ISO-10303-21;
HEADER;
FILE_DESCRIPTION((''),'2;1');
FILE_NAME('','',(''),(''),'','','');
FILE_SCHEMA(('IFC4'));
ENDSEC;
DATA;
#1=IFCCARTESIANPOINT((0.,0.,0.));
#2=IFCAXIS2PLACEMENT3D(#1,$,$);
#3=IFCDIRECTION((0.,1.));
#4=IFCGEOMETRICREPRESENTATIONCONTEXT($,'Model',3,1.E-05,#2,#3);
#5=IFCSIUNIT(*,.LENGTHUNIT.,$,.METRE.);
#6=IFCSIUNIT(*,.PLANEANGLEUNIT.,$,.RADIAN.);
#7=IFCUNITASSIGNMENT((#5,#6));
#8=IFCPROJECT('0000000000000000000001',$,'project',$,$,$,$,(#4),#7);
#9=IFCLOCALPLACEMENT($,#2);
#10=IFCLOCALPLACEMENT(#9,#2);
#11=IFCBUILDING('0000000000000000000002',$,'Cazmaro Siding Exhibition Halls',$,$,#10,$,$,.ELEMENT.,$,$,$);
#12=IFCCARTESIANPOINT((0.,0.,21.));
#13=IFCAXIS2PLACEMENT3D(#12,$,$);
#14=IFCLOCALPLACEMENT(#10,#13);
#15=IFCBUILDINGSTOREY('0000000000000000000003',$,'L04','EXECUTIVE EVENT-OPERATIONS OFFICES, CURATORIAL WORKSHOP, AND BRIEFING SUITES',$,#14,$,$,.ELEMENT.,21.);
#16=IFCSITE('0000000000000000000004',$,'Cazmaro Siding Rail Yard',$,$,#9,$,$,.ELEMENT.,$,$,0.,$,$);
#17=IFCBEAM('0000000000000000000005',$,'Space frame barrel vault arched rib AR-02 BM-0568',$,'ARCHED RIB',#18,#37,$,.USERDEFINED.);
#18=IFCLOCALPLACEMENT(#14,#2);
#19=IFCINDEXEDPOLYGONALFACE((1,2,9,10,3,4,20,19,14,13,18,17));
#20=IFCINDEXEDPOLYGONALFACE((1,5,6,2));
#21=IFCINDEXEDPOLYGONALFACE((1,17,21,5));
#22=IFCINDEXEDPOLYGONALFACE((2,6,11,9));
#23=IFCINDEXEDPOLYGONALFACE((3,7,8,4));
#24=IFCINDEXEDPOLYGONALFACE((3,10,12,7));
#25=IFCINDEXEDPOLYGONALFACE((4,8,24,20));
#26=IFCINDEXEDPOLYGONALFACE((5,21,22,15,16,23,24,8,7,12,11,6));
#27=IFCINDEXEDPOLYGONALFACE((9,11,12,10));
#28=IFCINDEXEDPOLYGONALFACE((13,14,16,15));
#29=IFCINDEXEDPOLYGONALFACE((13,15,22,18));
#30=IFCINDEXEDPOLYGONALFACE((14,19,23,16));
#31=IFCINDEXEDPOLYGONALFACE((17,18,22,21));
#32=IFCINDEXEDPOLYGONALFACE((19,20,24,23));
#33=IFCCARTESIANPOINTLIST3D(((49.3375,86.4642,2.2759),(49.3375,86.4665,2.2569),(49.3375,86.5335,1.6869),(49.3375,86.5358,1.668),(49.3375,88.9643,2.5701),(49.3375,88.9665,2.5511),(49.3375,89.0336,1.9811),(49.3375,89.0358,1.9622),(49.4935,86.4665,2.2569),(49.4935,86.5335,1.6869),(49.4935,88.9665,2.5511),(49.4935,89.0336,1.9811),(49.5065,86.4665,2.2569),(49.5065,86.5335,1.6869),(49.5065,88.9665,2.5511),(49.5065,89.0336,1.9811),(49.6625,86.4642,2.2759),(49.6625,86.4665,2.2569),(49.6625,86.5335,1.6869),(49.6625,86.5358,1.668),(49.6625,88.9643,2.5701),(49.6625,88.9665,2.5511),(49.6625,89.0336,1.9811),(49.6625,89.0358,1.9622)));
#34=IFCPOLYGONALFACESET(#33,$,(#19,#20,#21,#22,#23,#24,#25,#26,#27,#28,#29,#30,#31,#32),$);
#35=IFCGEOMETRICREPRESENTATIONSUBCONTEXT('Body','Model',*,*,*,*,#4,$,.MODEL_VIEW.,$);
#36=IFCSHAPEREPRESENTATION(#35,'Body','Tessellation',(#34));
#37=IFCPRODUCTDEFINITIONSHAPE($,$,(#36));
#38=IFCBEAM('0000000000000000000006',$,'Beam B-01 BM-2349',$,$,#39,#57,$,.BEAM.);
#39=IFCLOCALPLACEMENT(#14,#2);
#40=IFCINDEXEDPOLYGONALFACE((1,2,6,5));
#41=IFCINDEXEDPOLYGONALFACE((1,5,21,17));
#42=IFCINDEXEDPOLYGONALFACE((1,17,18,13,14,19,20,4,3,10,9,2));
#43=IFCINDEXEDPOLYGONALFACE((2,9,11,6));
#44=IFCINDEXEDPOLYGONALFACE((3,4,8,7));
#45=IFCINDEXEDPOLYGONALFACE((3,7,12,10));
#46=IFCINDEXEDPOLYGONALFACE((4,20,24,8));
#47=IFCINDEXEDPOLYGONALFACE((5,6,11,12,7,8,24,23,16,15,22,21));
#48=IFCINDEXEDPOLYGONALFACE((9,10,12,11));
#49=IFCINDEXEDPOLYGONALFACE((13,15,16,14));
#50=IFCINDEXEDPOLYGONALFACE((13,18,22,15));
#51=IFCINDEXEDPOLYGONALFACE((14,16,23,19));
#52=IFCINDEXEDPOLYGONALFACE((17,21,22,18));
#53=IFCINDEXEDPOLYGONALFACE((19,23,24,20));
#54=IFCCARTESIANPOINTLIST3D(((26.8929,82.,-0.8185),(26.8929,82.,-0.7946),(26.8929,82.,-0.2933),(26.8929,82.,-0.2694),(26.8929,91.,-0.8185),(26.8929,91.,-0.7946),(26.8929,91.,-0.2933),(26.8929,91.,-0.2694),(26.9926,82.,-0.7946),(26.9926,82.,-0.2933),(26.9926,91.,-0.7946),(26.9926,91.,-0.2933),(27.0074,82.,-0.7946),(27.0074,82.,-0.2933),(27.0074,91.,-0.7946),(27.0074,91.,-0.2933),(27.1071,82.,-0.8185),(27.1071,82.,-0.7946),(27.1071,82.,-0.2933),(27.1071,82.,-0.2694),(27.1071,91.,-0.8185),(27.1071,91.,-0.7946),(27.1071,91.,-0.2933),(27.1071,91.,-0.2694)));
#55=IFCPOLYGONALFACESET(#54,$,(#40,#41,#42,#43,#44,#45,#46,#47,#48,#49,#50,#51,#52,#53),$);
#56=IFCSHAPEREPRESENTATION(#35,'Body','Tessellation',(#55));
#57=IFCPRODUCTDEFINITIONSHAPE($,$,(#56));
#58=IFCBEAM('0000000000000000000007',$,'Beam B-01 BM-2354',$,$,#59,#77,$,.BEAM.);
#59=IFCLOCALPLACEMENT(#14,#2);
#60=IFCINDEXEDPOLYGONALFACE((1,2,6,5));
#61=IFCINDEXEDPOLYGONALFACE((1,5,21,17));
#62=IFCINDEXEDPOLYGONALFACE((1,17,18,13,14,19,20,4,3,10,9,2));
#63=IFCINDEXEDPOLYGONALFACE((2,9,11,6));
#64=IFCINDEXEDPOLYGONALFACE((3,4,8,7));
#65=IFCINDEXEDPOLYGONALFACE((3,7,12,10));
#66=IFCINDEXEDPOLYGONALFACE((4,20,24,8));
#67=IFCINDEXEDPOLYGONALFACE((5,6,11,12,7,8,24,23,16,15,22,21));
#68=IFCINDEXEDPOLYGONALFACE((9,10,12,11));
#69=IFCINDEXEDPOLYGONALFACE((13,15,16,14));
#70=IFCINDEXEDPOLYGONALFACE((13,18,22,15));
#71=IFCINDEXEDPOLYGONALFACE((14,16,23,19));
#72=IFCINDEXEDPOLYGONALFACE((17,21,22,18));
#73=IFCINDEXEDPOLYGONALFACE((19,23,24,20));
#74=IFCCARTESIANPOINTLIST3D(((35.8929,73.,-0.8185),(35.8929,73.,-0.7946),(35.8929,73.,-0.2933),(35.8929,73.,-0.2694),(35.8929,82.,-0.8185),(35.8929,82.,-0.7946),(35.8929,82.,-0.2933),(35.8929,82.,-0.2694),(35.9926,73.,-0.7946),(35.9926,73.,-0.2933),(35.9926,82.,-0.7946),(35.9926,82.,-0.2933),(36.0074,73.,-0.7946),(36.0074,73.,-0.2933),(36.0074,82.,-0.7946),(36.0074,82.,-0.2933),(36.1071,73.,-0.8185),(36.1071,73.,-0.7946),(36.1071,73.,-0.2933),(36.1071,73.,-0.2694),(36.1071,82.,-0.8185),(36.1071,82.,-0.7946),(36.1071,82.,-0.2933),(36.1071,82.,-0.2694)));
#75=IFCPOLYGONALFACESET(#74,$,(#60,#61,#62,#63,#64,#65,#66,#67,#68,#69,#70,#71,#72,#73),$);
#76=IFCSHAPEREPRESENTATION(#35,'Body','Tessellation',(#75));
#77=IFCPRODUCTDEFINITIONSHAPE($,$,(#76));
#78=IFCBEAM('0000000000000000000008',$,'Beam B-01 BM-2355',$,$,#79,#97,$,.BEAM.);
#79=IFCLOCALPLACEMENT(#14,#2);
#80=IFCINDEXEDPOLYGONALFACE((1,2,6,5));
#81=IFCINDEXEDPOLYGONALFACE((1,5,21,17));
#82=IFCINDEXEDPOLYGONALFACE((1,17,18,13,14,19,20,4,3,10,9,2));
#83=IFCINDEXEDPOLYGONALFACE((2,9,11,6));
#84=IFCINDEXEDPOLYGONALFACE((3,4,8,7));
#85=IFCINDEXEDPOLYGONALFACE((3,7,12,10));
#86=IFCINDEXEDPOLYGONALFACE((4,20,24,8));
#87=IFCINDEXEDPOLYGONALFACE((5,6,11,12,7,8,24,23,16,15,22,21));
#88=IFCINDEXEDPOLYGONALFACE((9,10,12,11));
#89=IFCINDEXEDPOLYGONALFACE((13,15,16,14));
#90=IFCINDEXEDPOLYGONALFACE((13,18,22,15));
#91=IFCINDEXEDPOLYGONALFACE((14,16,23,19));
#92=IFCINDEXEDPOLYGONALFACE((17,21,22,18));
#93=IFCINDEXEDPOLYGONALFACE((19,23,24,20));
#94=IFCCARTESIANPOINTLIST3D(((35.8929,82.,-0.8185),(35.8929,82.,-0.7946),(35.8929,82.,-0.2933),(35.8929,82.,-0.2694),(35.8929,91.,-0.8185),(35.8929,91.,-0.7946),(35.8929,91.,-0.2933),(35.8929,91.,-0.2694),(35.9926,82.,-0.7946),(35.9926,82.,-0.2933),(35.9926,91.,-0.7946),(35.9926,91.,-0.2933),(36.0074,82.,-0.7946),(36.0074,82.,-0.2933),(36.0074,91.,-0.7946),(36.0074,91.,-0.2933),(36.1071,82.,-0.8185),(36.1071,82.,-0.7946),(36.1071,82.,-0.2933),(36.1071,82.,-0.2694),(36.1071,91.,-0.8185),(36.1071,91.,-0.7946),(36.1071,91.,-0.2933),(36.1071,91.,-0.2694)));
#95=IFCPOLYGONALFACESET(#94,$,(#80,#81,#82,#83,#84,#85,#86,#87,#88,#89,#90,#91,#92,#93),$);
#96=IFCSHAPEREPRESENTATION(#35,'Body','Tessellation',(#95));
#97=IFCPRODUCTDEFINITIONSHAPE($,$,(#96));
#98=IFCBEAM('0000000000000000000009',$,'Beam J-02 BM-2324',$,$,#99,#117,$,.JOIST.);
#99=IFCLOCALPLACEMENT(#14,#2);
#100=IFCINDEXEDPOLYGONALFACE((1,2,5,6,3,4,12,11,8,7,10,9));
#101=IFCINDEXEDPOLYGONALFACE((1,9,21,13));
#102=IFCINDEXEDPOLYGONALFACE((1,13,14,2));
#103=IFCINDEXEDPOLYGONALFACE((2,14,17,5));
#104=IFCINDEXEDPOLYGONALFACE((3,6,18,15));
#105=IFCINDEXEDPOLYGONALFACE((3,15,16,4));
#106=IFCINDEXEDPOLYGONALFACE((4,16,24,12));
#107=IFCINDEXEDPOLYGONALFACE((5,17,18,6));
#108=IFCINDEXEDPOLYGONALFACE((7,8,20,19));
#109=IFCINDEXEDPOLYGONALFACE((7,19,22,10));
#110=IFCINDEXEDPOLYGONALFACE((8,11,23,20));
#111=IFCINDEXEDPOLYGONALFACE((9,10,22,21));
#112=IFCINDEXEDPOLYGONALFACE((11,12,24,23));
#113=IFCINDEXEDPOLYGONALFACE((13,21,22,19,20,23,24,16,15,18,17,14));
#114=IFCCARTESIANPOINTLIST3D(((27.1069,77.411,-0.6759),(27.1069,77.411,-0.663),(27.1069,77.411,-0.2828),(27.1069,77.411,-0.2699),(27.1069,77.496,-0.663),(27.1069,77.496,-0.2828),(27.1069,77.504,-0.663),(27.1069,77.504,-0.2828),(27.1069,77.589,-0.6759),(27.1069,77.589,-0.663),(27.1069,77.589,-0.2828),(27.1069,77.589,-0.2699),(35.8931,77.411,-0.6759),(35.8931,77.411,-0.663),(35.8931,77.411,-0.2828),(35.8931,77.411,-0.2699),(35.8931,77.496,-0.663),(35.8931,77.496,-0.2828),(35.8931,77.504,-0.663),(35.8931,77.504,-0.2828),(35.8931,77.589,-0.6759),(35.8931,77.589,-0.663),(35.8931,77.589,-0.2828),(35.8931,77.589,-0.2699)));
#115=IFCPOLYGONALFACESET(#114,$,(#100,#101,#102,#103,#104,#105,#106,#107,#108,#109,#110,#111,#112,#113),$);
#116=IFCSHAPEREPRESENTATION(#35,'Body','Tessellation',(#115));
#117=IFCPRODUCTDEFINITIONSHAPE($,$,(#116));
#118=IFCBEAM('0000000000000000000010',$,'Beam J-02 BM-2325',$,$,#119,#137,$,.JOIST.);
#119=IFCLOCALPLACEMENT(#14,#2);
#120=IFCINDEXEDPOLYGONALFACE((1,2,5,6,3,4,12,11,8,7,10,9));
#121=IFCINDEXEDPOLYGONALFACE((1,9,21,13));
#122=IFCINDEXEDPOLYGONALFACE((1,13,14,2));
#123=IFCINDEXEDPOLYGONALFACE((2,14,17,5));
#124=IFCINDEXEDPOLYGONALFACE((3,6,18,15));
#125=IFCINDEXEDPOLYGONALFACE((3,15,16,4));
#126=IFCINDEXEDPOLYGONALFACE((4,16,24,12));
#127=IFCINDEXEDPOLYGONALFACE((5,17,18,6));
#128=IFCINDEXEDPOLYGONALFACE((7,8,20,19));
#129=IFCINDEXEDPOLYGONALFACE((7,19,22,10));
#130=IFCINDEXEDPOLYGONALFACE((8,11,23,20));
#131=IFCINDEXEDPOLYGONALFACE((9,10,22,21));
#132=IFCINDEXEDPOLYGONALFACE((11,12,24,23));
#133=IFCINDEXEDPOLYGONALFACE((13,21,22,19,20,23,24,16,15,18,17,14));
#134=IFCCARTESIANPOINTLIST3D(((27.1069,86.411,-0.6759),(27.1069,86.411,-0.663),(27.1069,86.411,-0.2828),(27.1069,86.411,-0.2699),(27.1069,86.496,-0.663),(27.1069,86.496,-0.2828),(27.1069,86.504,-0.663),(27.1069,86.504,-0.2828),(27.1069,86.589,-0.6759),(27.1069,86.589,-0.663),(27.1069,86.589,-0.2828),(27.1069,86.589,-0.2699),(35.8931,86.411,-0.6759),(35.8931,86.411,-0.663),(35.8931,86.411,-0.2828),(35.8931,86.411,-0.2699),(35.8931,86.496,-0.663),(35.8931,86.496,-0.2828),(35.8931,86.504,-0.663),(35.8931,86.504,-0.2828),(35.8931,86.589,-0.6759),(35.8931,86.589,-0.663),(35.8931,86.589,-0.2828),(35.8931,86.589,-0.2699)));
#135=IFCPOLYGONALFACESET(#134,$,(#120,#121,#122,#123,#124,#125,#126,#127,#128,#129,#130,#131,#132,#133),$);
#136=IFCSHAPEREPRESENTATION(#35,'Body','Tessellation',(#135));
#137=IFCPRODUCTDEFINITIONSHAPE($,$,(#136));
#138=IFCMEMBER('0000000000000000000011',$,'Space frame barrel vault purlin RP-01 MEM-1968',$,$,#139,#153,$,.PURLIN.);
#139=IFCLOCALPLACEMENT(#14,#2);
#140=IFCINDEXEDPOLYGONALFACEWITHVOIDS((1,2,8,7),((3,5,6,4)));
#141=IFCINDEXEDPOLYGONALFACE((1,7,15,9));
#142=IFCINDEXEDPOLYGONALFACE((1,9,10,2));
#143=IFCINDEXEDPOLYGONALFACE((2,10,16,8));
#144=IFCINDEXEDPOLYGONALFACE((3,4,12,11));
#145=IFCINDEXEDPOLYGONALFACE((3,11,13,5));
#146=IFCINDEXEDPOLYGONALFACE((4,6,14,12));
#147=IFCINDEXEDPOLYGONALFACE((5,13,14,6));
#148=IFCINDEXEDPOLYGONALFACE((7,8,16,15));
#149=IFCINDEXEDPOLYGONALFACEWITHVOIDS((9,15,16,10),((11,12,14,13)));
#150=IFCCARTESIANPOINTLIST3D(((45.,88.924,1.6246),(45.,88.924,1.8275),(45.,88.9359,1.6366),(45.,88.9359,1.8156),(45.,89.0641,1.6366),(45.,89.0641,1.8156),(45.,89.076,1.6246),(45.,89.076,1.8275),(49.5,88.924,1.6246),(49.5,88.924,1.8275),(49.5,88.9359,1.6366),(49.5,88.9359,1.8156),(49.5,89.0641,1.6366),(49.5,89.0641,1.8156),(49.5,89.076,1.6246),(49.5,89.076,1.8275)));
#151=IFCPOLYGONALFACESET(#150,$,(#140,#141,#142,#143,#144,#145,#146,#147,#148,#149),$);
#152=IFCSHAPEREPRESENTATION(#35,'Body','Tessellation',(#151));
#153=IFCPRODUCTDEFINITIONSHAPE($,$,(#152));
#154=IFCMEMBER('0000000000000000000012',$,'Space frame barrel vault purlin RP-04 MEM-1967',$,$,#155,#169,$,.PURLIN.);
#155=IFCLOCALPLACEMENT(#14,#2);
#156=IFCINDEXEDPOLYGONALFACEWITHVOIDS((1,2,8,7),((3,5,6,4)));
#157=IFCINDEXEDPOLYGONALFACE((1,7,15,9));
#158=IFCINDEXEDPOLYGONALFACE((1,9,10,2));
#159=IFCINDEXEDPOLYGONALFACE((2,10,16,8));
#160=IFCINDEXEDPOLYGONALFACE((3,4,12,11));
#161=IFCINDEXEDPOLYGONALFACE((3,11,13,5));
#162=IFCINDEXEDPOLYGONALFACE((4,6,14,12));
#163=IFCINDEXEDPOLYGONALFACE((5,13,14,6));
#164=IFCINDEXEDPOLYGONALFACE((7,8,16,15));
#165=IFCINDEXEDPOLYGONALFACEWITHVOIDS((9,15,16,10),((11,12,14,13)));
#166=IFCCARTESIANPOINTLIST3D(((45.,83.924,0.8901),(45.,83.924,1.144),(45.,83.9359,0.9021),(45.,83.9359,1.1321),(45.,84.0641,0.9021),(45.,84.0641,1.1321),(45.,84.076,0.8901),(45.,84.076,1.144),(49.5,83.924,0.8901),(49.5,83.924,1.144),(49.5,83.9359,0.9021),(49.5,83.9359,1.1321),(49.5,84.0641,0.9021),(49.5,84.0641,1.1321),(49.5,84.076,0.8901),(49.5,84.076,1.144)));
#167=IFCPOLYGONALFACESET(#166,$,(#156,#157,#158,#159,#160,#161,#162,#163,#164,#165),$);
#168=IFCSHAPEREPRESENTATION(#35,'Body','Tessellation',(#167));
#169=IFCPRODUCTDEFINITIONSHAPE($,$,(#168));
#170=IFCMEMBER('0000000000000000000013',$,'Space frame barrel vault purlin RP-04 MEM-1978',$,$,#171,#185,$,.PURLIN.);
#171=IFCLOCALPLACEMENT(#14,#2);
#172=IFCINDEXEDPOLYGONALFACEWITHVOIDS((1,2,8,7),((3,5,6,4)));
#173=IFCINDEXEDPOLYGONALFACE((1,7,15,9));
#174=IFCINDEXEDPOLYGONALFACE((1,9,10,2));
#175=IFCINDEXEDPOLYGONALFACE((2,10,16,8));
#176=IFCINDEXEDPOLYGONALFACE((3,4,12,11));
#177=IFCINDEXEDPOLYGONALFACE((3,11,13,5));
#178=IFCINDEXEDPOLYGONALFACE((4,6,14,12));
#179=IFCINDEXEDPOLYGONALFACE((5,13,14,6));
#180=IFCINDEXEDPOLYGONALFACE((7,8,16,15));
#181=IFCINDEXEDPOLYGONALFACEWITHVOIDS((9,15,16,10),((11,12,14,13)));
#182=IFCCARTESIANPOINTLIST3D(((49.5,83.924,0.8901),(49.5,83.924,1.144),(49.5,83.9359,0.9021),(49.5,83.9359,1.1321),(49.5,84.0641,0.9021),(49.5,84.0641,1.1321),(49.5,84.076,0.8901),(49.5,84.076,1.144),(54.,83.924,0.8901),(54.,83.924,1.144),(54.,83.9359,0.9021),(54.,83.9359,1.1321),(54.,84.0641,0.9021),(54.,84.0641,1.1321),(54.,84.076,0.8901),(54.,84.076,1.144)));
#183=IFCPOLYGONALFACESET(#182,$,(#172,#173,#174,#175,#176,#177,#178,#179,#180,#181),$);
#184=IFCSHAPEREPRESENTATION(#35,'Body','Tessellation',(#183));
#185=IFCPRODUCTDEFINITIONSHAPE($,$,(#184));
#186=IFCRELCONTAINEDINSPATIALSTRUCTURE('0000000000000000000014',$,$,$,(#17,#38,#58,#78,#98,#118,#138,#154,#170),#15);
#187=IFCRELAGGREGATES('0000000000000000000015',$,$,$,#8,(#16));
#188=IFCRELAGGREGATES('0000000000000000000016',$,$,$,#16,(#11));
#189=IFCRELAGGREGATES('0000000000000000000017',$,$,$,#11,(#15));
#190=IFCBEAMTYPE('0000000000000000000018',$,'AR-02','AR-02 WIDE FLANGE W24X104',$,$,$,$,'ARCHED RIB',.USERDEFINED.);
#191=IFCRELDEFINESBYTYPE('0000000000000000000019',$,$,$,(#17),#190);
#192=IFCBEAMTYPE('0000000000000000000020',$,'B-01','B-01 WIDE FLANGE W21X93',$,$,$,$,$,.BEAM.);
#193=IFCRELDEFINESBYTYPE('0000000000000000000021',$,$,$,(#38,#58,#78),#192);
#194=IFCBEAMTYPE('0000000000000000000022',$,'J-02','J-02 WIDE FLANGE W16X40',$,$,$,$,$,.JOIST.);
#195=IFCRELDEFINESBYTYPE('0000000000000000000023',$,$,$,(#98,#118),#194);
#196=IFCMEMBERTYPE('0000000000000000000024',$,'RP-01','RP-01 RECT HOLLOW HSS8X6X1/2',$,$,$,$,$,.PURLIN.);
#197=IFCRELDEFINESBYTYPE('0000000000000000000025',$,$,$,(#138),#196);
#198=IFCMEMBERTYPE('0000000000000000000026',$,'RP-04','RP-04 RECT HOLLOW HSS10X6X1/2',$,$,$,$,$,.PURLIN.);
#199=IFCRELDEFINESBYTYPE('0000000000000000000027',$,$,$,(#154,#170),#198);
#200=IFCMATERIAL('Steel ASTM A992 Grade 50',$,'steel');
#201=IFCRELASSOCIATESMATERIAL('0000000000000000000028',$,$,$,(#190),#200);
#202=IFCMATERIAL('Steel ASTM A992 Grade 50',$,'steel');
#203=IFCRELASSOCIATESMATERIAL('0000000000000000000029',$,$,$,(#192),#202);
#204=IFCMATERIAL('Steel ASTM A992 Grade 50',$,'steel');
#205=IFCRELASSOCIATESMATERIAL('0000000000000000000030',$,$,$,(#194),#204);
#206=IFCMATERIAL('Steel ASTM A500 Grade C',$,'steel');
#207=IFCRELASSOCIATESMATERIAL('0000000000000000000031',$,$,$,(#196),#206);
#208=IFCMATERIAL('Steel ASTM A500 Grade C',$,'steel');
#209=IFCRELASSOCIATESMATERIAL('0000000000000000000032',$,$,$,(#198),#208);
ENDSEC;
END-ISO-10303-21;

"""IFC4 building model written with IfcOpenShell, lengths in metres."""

from ifc_helpers import new_model, si_unit, direction, frame, origin, origin_2d, place, context, subcontext, project, spatial, hollow_rectangle, i_section, extrude, material, material_profile, profile_set, type_object, element, save


model = new_model("IFC4")

# Units and contexts
model_context = context("Model", 3, precision=1e-05, world=origin(), true_north=direction((0.0, 1.0)))
body_context = subcontext(model_context, "Body", "Model", "MODEL_VIEW")
ifc_project = project(units=[si_unit("LENGTHUNIT", "METRE"), si_unit("PLANEANGLEUNIT", "RADIAN")], contexts=[model_context])

# Site, building, storey
site_placement = place(None, origin())
site = spatial("IfcSite", under=ifc_project, at=site_placement, Name="Cazmaro Siding Rail Yard", CompositionType="ELEMENT", RefElevation=0.0)
building_placement = place(site_placement, origin())
building = spatial("IfcBuilding", under=site, at=building_placement, Name="Cazmaro Siding Exhibition Halls", CompositionType="ELEMENT")
storey_placement = place(building_placement, frame((0.0, 0.0, 21.0)))
storey = spatial("IfcBuildingStorey", under=building, at=storey_placement, Name="L04", Description="EXECUTIVE EVENT-OPERATIONS OFFICES, CURATORIAL WORKSHOP, AND BRIEFING SUITES", CompositionType="ELEMENT", Elevation=21.0)

# Beams
ifc_material_1 = material(Name="Steel ASTM A992 Grade 50", Category="steel")
ifc_material_profile_1 = material_profile(ifc_material_1, i_section(OverallWidth=0.325, OverallDepth=0.6121, WebThickness=0.0129, FlangeThickness=0.019, at=origin_2d()), Name="W24X104")
ifc_profile_set_1 = profile_set([ifc_material_profile_1], Name="Steel ASTM A992 Grade 50")
beam_type_1 = type_object("IfcBeamType", Name="AR-02", Description="AR-02 WIDE FLANGE W24X104", ElementType="ARCHED RIB", PredefinedType="USERDEFINED", material=ifc_profile_set_1)
beam_1_placement = place(storey_placement, frame((49.5, 86.5, 1.9719), z_axis=(0.0, 0.993147, 0.116869), x_axis=(-1.0, 0.0, 0.0)))
element("IfcBeam", 1, at=beam_1_placement, inside=storey, type_object=beam_type_1, Name="Space frame barrel vault arched rib AR-02 BM-0568", ObjectType="ARCHED RIB", PredefinedType="USERDEFINED", context=body_context, shape_type="SweptSolid", body=[
    extrude(i_section(OverallWidth=0.325, OverallDepth=0.6121, WebThickness=0.0129, FlangeThickness=0.019, at=origin_2d()), origin(), (0.0, 0.0, 1.0), 2.5173),
])
ifc_material_2 = material(Name="Steel ASTM A992 Grade 50", Category="steel")
ifc_material_profile_2 = material_profile(ifc_material_2, i_section(OverallWidth=0.2141, OverallDepth=0.5491, WebThickness=0.0149, FlangeThickness=0.0239, at=origin_2d()), Name="W21X93")
ifc_profile_set_2 = profile_set([ifc_material_profile_2], Name="Steel ASTM A992 Grade 50")
beam_type_2 = type_object("IfcBeamType", Name="B-01", Description="B-01 WIDE FLANGE W21X93", PredefinedType="BEAM", material=ifc_profile_set_2)
for number, where, z_axis, x_axis, name in (
    (2, (27.0, 82.0, -0.5439), (0.0, 1.0, 0.0), (-1.0, 0.0, 0.0), "Beam B-01 BM-2349"),
    (3, (36.0, 73.0, -0.5439), (0.0, 1.0, 0.0), (-1.0, 0.0, 0.0), "Beam B-01 BM-2354"),
    (4, (36.0, 82.0, -0.5439), (0.0, 1.0, 0.0), (-1.0, 0.0, 0.0), "Beam B-01 BM-2355"),
):
    element("IfcBeam", number, at=place(storey_placement, frame(where, z_axis=z_axis, x_axis=x_axis)), inside=storey, type_object=beam_type_2, Name=name, PredefinedType="BEAM", context=body_context, shape_type="SweptSolid", body=[
        extrude(i_section(OverallWidth=0.2141, OverallDepth=0.5491, WebThickness=0.0149, FlangeThickness=0.0239, at=origin_2d()), origin(), (0.0, 0.0, 1.0), 9.0),
    ])
ifc_material_3 = material(Name="Steel ASTM A992 Grade 50", Category="steel")
ifc_material_profile_3 = material_profile(ifc_material_3, i_section(OverallWidth=0.178, OverallDepth=0.406, WebThickness=0.0081, FlangeThickness=0.0129, at=origin_2d()), Name="W16X40")
ifc_profile_set_3 = profile_set([ifc_material_profile_3], Name="Steel ASTM A992 Grade 50")
beam_type_3 = type_object("IfcBeamType", Name="J-02", Description="J-02 WIDE FLANGE W16X40", PredefinedType="JOIST", material=ifc_profile_set_3)
for number, where, z_axis, x_axis, name in (
    (5, (27.1069, 77.5, -0.4729), (1.0, 0.0, 0.0), (0.0, 1.0, 0.0), "Beam J-02 BM-2324"),
    (6, (27.1069, 86.5, -0.4729), (1.0, 0.0, 0.0), (0.0, 1.0, 0.0), "Beam J-02 BM-2325"),
):
    element("IfcBeam", number, at=place(storey_placement, frame(where, z_axis=z_axis, x_axis=x_axis)), inside=storey, type_object=beam_type_3, Name=name, PredefinedType="JOIST", context=body_context, shape_type="SweptSolid", body=[
        extrude(i_section(OverallWidth=0.178, OverallDepth=0.406, WebThickness=0.0081, FlangeThickness=0.0129, at=origin_2d()), origin(), (0.0, 0.0, 1.0), 8.7861),
    ])

# Members
ifc_material_4 = material(Name="Steel ASTM A500 Grade C", Category="steel")
ifc_material_profile_4 = material_profile(ifc_material_4, hollow_rectangle(XDim=0.1521, YDim=0.2029, WallThickness=0.012, at=origin_2d()), Name="HSS8X6X1/2")
ifc_profile_set_4 = profile_set([ifc_material_profile_4], Name="Steel ASTM A500 Grade C")
member_type_1 = type_object("IfcMemberType", Name="RP-01", Description="RP-01 RECT HOLLOW HSS8X6X1/2", PredefinedType="PURLIN", material=ifc_profile_set_4)
member_1_placement = place(storey_placement, frame((45.0, 89.0, 1.7261), z_axis=(1.0, 0.0, 0.0), x_axis=(0.0, 1.0, 0.0)))
element("IfcMember", 7, at=member_1_placement, inside=storey, type_object=member_type_1, Name="Space frame barrel vault purlin RP-01 MEM-1968", PredefinedType="PURLIN", context=body_context, shape_type="SweptSolid", body=[
    extrude(hollow_rectangle(XDim=0.1521, YDim=0.2029, WallThickness=0.012, at=origin_2d()), origin(), (0.0, 0.0, 1.0), 4.5),
])
ifc_material_5 = material(Name="Steel ASTM A500 Grade C", Category="steel")
ifc_material_profile_5 = material_profile(ifc_material_5, hollow_rectangle(XDim=0.1521, YDim=0.2539, WallThickness=0.012, at=origin_2d()), Name="HSS10X6X1/2")
ifc_profile_set_5 = profile_set([ifc_material_profile_5], Name="Steel ASTM A500 Grade C")
member_type_2 = type_object("IfcMemberType", Name="RP-04", Description="RP-04 RECT HOLLOW HSS10X6X1/2", PredefinedType="PURLIN", material=ifc_profile_set_5)
for number, where, z_axis, x_axis, name in (
    (8, (45.0, 84.0, 1.0171), (1.0, 0.0, 0.0), (0.0, 1.0, 0.0), "Space frame barrel vault purlin RP-04 MEM-1967"),
    (9, (49.5, 84.0, 1.0171), (1.0, 0.0, 0.0), (0.0, 1.0, 0.0), "Space frame barrel vault purlin RP-04 MEM-1978"),
):
    element("IfcMember", number, at=place(storey_placement, frame(where, z_axis=z_axis, x_axis=x_axis)), inside=storey, type_object=member_type_2, Name=name, PredefinedType="PURLIN", context=body_context, shape_type="SweptSolid", body=[
        extrude(hollow_rectangle(XDim=0.1521, YDim=0.2539, WallThickness=0.012, at=origin_2d()), origin(), (0.0, 0.0, 1.0), 4.5),
    ])

save(model, "model.ifc")
